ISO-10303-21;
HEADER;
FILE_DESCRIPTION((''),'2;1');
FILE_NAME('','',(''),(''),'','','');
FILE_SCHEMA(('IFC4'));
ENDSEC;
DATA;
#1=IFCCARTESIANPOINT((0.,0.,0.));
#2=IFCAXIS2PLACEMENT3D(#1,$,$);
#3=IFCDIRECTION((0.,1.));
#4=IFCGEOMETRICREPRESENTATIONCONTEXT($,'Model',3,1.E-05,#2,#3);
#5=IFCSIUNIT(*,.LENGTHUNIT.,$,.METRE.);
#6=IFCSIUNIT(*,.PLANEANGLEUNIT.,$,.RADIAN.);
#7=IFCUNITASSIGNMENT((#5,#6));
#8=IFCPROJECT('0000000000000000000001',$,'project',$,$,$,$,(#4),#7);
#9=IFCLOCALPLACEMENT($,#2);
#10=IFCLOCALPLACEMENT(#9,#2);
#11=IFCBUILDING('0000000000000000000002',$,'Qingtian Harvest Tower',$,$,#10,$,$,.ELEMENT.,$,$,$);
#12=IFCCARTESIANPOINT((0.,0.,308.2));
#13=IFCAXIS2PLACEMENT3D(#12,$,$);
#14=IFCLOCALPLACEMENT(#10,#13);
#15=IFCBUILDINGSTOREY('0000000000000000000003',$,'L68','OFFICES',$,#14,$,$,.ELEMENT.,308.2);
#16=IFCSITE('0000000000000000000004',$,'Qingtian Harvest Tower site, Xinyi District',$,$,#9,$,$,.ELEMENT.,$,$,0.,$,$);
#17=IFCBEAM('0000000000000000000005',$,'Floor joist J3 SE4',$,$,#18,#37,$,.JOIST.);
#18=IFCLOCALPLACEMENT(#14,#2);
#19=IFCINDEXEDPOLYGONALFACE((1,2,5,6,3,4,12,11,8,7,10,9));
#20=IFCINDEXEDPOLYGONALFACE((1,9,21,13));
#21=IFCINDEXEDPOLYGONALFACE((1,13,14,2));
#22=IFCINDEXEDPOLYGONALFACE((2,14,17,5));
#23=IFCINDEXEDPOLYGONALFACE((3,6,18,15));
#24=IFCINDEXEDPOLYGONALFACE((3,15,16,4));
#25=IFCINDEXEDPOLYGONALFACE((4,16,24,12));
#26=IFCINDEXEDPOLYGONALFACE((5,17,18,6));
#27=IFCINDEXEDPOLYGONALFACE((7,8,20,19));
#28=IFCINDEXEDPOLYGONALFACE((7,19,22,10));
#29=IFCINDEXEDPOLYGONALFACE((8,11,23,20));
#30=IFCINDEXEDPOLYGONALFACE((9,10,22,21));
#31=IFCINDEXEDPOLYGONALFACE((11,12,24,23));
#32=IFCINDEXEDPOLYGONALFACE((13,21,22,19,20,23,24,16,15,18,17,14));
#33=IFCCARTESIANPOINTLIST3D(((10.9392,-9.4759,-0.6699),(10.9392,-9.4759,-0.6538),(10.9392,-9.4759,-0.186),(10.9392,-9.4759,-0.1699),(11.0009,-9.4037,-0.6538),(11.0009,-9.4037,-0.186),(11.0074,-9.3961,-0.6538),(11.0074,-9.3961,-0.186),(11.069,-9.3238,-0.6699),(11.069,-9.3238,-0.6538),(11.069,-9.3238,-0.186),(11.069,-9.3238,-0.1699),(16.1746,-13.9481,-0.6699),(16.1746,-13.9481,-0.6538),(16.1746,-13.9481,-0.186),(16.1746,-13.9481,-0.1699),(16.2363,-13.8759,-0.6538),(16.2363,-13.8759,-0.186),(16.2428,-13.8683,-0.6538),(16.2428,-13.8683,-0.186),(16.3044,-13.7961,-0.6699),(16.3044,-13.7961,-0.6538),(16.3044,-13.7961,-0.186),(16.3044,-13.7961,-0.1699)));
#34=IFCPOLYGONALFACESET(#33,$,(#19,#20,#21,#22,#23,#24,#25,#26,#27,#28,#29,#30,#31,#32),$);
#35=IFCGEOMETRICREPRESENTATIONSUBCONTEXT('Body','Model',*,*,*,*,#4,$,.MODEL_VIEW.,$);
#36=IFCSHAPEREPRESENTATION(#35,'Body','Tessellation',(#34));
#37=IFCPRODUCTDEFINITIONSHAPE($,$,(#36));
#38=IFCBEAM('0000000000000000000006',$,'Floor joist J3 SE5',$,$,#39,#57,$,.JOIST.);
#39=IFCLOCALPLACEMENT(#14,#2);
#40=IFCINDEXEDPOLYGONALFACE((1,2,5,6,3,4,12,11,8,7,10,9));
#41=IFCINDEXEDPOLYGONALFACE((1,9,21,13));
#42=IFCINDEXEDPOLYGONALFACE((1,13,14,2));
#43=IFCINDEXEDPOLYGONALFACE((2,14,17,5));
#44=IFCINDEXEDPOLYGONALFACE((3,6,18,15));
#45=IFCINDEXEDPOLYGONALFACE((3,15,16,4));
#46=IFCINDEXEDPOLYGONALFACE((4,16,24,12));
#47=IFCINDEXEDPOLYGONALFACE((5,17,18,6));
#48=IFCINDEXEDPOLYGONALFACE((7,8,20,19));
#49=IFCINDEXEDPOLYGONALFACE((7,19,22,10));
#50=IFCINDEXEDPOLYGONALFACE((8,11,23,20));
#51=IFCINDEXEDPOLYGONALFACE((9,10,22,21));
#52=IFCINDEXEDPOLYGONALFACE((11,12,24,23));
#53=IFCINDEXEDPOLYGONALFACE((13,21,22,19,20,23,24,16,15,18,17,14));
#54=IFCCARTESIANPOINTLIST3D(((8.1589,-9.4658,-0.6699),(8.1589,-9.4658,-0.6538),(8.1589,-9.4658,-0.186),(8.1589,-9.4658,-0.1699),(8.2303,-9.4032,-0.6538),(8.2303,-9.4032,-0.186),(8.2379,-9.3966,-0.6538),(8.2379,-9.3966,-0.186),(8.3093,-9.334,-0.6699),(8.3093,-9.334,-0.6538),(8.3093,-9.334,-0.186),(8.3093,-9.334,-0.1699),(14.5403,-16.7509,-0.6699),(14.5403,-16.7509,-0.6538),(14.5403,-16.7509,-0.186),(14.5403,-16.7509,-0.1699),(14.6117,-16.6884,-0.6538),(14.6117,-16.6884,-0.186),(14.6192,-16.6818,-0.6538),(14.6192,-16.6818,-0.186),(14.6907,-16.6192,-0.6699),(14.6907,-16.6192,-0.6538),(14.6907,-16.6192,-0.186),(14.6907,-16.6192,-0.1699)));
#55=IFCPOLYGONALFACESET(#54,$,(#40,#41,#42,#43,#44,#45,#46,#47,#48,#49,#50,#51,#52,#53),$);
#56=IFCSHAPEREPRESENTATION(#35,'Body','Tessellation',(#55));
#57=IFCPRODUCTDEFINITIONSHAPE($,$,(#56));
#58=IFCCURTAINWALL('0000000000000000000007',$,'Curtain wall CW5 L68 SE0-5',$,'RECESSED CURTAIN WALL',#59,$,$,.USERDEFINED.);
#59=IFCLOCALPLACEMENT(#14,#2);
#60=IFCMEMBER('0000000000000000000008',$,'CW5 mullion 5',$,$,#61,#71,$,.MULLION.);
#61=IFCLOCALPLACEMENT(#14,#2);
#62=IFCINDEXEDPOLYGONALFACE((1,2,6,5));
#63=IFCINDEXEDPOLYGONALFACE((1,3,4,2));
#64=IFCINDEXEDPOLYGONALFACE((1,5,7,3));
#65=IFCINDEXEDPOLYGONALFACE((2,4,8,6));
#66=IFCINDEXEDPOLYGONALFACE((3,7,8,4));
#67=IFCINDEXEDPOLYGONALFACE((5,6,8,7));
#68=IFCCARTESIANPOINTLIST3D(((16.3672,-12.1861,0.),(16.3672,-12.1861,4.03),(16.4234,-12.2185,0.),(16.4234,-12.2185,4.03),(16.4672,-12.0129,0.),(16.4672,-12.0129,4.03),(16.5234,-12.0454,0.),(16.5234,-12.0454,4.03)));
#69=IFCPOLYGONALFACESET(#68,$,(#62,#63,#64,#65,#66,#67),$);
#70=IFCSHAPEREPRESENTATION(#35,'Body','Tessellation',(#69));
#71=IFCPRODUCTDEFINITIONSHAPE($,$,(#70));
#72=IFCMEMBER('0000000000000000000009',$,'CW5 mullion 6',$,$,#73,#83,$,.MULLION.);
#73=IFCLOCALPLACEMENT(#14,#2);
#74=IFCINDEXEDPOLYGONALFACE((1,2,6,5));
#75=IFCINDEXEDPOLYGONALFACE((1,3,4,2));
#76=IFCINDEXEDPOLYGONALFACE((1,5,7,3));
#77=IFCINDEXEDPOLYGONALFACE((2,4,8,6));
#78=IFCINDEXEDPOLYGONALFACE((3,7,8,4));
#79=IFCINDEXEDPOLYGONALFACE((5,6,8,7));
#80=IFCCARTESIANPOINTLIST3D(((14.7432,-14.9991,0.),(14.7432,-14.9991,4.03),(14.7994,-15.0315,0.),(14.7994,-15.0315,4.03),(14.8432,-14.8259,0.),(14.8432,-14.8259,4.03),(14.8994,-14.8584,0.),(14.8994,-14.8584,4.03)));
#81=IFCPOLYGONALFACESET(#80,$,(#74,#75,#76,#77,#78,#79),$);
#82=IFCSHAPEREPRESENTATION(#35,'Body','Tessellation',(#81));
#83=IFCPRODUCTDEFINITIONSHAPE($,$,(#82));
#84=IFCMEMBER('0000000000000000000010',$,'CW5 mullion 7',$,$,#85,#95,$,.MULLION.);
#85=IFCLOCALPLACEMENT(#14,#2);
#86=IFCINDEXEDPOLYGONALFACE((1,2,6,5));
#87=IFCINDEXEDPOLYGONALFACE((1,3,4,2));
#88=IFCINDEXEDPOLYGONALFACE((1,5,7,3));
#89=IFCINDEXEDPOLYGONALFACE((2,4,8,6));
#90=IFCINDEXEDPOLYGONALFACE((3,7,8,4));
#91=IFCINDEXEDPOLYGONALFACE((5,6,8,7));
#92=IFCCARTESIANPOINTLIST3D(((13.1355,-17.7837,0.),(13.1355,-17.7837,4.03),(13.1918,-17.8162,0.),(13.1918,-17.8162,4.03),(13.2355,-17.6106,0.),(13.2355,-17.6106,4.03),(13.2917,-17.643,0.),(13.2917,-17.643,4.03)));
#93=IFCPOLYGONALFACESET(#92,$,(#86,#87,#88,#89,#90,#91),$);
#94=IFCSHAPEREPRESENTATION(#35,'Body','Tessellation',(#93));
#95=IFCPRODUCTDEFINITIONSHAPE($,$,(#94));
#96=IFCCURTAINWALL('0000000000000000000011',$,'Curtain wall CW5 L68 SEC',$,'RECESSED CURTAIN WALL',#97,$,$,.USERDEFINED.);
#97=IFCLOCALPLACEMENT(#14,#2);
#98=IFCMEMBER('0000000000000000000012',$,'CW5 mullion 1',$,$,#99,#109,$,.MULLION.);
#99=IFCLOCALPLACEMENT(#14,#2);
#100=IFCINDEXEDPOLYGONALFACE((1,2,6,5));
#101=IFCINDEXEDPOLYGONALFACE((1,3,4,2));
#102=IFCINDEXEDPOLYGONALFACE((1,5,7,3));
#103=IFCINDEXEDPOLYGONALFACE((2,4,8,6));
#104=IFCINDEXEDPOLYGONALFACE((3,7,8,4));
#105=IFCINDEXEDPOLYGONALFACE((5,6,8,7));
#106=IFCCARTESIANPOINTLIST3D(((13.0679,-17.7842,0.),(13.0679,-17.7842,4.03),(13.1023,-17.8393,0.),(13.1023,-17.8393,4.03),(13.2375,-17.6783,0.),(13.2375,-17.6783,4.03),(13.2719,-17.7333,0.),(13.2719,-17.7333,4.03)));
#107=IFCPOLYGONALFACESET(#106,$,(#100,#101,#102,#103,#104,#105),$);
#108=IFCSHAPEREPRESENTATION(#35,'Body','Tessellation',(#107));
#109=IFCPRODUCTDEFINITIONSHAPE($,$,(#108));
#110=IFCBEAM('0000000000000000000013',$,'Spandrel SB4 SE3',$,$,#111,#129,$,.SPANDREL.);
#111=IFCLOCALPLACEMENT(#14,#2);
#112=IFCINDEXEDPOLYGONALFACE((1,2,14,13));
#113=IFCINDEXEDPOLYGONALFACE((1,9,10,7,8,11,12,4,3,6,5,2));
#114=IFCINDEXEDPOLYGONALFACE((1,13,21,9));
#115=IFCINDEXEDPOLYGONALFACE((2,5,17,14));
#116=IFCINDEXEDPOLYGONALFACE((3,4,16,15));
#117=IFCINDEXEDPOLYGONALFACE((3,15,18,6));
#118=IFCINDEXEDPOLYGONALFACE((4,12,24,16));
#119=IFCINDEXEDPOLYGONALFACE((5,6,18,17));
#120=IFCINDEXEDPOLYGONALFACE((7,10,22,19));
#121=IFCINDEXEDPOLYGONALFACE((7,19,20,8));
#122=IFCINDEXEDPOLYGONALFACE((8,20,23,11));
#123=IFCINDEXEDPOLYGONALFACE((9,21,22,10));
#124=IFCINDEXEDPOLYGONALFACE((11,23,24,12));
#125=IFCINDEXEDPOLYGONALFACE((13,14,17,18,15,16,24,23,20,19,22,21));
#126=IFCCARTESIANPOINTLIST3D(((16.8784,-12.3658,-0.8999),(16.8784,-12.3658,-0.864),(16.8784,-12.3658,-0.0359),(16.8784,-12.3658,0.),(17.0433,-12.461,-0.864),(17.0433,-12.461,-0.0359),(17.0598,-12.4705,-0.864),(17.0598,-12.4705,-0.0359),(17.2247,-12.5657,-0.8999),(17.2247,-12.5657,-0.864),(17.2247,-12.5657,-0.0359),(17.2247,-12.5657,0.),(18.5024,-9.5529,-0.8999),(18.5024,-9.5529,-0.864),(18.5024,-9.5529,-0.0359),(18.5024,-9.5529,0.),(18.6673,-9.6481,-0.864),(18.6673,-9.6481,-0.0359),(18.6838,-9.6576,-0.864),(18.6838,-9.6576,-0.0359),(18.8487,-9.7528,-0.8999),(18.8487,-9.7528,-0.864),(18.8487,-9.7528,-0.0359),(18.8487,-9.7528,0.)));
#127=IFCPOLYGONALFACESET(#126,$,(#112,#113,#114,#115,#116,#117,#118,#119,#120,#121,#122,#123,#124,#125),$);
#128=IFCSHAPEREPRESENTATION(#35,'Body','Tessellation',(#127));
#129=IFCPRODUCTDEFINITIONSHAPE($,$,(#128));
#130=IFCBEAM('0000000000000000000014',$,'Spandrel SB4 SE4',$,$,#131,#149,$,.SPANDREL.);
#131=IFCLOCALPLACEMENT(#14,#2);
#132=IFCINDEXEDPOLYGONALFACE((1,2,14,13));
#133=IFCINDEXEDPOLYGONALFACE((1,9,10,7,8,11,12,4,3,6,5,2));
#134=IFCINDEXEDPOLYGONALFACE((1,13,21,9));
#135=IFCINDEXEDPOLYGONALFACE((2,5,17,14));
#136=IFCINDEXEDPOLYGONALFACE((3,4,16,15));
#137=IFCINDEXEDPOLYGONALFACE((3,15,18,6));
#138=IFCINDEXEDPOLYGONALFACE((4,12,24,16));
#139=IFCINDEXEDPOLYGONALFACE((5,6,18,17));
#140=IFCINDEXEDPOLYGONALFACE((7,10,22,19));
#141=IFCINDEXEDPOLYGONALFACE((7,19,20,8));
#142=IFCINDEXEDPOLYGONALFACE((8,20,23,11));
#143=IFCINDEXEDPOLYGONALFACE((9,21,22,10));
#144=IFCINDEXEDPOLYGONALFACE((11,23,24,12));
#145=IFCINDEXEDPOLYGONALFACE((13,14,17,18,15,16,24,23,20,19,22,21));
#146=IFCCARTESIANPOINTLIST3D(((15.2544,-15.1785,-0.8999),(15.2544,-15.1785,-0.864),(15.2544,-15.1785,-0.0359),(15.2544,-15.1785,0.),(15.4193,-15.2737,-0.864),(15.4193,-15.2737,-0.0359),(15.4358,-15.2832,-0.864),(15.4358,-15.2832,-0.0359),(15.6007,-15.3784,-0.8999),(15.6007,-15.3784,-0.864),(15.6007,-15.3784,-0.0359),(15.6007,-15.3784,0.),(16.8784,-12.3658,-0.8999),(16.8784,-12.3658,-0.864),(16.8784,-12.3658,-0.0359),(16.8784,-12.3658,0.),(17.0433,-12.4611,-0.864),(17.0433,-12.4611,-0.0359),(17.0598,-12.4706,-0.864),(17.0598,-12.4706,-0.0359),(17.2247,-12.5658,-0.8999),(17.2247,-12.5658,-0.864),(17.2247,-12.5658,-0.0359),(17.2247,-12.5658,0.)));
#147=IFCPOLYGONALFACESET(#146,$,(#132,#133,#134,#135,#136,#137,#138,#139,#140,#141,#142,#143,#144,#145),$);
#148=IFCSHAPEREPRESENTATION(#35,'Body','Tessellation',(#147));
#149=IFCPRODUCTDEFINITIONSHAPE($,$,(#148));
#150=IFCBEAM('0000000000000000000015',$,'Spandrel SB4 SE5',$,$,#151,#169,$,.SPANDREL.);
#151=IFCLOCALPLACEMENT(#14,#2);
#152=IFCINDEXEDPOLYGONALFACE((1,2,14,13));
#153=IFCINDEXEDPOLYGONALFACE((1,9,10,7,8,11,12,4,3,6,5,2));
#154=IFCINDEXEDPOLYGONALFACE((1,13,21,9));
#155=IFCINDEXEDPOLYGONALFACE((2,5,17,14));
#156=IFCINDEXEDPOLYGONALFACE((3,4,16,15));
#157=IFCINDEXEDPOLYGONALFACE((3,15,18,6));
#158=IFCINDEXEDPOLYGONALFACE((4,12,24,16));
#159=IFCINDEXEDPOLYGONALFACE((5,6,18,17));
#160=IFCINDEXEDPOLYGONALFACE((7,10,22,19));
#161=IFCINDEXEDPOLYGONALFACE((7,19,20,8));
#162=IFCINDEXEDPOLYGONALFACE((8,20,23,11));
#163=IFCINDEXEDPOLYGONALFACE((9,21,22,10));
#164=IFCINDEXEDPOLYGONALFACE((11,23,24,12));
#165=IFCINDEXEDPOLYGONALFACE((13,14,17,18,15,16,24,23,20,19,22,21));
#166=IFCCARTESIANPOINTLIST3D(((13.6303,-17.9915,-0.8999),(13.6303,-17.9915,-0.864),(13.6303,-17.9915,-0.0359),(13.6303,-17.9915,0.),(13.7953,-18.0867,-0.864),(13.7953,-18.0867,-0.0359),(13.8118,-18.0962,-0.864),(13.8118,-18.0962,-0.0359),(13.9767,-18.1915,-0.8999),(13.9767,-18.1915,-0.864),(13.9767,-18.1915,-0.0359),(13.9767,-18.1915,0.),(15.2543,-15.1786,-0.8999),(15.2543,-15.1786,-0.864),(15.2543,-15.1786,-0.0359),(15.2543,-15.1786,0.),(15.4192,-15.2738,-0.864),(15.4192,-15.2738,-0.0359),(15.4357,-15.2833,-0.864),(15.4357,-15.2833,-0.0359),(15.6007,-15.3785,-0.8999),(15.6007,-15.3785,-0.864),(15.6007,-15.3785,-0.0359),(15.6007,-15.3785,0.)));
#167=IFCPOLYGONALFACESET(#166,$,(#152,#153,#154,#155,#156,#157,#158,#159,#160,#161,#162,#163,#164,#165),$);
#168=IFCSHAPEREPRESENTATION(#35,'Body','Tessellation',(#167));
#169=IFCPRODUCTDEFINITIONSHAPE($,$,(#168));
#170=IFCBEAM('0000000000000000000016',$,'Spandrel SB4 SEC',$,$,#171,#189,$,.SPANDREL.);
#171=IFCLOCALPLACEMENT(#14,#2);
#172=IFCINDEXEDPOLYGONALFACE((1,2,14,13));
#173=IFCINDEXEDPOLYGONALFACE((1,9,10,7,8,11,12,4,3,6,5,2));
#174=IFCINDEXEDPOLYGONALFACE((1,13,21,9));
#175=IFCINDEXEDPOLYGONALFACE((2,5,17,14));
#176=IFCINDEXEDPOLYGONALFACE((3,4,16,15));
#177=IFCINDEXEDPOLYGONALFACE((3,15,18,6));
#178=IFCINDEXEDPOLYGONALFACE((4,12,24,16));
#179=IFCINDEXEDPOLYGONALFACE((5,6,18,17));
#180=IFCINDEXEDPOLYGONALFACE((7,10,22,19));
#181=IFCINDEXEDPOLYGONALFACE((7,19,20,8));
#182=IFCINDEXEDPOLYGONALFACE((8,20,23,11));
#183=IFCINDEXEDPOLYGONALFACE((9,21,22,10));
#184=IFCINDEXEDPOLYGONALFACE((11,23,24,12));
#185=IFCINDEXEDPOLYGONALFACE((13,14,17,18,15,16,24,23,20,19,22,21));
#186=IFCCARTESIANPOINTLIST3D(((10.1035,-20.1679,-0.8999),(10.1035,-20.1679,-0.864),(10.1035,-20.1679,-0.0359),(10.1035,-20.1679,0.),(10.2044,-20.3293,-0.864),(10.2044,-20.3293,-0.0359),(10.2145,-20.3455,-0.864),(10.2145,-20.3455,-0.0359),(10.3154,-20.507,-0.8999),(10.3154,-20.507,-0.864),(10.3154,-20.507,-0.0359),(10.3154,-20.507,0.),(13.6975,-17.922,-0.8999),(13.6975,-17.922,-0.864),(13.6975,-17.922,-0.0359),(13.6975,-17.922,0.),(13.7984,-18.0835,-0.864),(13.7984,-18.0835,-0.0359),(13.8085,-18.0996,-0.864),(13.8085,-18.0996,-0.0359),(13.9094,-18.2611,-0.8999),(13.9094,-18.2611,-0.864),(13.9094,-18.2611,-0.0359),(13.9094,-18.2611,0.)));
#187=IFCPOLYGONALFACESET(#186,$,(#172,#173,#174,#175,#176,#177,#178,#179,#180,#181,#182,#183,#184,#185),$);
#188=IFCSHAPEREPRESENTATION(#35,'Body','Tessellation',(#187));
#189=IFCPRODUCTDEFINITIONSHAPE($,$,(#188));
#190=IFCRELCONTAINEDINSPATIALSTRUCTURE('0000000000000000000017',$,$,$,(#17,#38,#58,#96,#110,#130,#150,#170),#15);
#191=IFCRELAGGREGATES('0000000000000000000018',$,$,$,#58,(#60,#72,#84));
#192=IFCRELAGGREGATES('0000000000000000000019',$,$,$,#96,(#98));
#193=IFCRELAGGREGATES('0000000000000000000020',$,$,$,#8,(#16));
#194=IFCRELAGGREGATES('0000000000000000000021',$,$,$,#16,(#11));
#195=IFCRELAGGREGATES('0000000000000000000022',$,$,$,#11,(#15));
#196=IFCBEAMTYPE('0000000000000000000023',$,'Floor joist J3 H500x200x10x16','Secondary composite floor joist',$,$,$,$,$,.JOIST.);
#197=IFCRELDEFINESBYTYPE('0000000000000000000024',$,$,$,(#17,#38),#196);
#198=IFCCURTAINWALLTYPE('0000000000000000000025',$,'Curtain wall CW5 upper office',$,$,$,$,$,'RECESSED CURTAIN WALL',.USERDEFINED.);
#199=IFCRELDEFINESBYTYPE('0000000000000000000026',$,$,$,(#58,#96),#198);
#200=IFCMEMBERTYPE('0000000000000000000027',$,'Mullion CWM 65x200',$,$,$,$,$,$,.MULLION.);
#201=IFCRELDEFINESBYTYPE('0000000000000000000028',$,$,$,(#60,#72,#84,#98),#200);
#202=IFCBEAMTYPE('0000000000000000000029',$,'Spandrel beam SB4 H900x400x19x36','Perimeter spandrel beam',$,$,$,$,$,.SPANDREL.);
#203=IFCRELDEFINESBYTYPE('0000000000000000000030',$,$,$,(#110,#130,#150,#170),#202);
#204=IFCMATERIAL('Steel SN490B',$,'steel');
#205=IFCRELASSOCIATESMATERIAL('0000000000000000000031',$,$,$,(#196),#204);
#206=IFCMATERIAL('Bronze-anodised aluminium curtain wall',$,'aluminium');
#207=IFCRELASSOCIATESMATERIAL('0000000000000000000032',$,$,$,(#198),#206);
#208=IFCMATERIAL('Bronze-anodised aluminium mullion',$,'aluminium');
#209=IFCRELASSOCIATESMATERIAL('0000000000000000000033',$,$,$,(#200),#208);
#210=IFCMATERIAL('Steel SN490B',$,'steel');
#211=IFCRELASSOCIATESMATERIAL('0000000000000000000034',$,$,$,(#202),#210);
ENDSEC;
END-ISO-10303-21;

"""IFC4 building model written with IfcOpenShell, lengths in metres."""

from ifc_helpers import new_model, si_unit, direction, frame, origin, origin_2d, place, context, subcontext, project, spatial, rectangle, i_section, extrude, material, material_profile, profile_set, type_object, element, aggregate, save


model = new_model("IFC4")

# Units and contexts
model_context = context("Model", 3, precision=1e-05, world=origin(), true_north=direction((0.0, 1.0)))
body_context = subcontext(model_context, "Body", "Model", "MODEL_VIEW")
ifc_project = project(units=[si_unit("LENGTHUNIT", "METRE"), si_unit("PLANEANGLEUNIT", "RADIAN")], contexts=[model_context])

# Site, building, storey
site_placement = place(None, origin())
site = spatial("IfcSite", under=ifc_project, at=site_placement, Name="Qingtian Harvest Tower site, Xinyi District", CompositionType="ELEMENT", RefElevation=0.0)
building_placement = place(site_placement, origin())
building = spatial("IfcBuilding", under=site, at=building_placement, Name="Qingtian Harvest Tower", CompositionType="ELEMENT")
storey_placement = place(building_placement, frame((0.0, 0.0, 308.2)))
storey = spatial("IfcBuildingStorey", under=building, at=storey_placement, Name="L68", Description="OFFICES", CompositionType="ELEMENT", Elevation=308.2)

# Beams
ifc_material_1 = material(Name="Steel SN490B", Category="steel")
ifc_material_profile_1 = material_profile(ifc_material_1, i_section(OverallWidth=0.2, OverallDepth=0.5, WebThickness=0.01, FlangeThickness=0.0161, at=origin_2d()), Name="H500x200x10x16")
ifc_profile_set_1 = profile_set([ifc_material_profile_1], Name="Steel SN490B")
beam_type_1 = type_object("IfcBeamType", Name="Floor joist J3 H500x200x10x16", Description="Secondary composite floor joist", PredefinedType="JOIST", material=ifc_profile_set_1)
beam_1_placement = place(storey_placement, frame((16.2395, -13.8721, -0.4199), z_axis=(-0.760352, 0.649511, 0.0), x_axis=(-0.649511, -0.760352, 0.0)))
element("IfcBeam", 1, at=beam_1_placement, inside=storey, type_object=beam_type_1, Name="Floor joist J3 SE4", PredefinedType="JOIST", context=body_context, shape_type="SweptSolid", body=[
    extrude(i_section(OverallWidth=0.2, OverallDepth=0.5, WebThickness=0.01, FlangeThickness=0.0161, at=origin_2d()), origin(), (0.0, 0.0, 1.0), 6.8855),
])
beam_2_placement = place(storey_placement, frame((14.6155, -16.6851, -0.4199), z_axis=(-0.658904, 0.752227, 0.0), x_axis=(-0.752227, -0.658904, 0.0)))
element("IfcBeam", 2, at=beam_2_placement, inside=storey, type_object=beam_type_1, Name="Floor joist J3 SE5", PredefinedType="JOIST", context=body_context, shape_type="SweptSolid", body=[
    extrude(i_section(OverallWidth=0.2, OverallDepth=0.5, WebThickness=0.01, FlangeThickness=0.0161, at=origin_2d()), origin(), (0.0, 0.0, 1.0), 9.6848),
])

# Curtain wall, members
ifc_material_2 = material(Name="Bronze-anodised aluminium curtain wall", Category="aluminium")
curtain_wall_type = type_object("IfcCurtainWallType", Name="Curtain wall CW5 upper office", ElementType="RECESSED CURTAIN WALL", PredefinedType="USERDEFINED", material=ifc_material_2)
curtain_wall_1_placement = place(storey_placement, origin())
curtain_wall_1 = element("IfcCurtainWall", 3, at=curtain_wall_1_placement, inside=storey, type_object=curtain_wall_type, Name="Curtain wall CW5 L68 SE0-5", ObjectType="RECESSED CURTAIN WALL", PredefinedType="USERDEFINED")
ifc_material_3 = material(Name="Bronze-anodised aluminium mullion", Category="aluminium")
ifc_material_profile_2 = material_profile(ifc_material_3, rectangle(XDim=0.0649, YDim=0.2, at=origin_2d()), Name="AL 65x200")
ifc_profile_set_2 = profile_set([ifc_material_profile_2], Name="Bronze-anodised aluminium mullion")
member_type_1 = type_object("IfcMemberType", Name="Mullion CWM 65x200", PredefinedType="MULLION", material=ifc_profile_set_2)
member_1_placement = place(storey_placement, frame((16.4453, -12.1157, 0.0), z_axis=(0.0, 0.0, 1.0), x_axis=(0.866025, -0.5, 0.0)))
member_1 = element("IfcMember", 4, at=member_1_placement, type_object=member_type_1, Name="CW5 mullion 5", PredefinedType="MULLION", context=body_context, shape_type="SweptSolid", body=[
    extrude(rectangle(XDim=0.0649, YDim=0.2, at=origin_2d()), origin(), (0.0, 0.0, 1.0), 4.03),
])
member_2_placement = place(storey_placement, frame((14.8213, -14.9287, 0.0), z_axis=(0.0, 0.0, 1.0), x_axis=(0.866025, -0.5, 0.0)))
member_2 = element("IfcMember", 5, at=member_2_placement, type_object=member_type_1, Name="CW5 mullion 6", PredefinedType="MULLION", context=body_context, shape_type="SweptSolid", body=[
    extrude(rectangle(XDim=0.0649, YDim=0.2, at=origin_2d()), origin(), (0.0, 0.0, 1.0), 4.03),
])
member_3_placement = place(storey_placement, frame((13.2136, -17.7134, 0.0), z_axis=(0.0, 0.0, 1.0), x_axis=(0.866025, -0.5, 0.0)))
member_3 = element("IfcMember", 6, at=member_3_placement, type_object=member_type_1, Name="CW5 mullion 7", PredefinedType="MULLION", context=body_context, shape_type="SweptSolid", body=[
    extrude(rectangle(XDim=0.0649, YDim=0.2, at=origin_2d()), origin(), (0.0, 0.0, 1.0), 4.03),
])

# Curtain wall, member
curtain_wall_2_placement = place(storey_placement, origin())
curtain_wall_2 = element("IfcCurtainWall", 7, at=curtain_wall_2_placement, inside=storey, type_object=curtain_wall_type, Name="Curtain wall CW5 L68 SEC", ObjectType="RECESSED CURTAIN WALL", PredefinedType="USERDEFINED")
member_4_placement = place(storey_placement, frame((13.1699, -17.7588, 0.0), z_axis=(0.0, 0.0, 1.0), x_axis=(0.529919, -0.848048, 0.0)))
member_4 = element("IfcMember", 8, at=member_4_placement, type_object=member_type_1, Name="CW5 mullion 1", PredefinedType="MULLION", context=body_context, shape_type="SweptSolid", body=[
    extrude(rectangle(XDim=0.0649, YDim=0.2, at=origin_2d()), origin(), (0.0, 0.0, 1.0), 4.03),
])

# Beams
ifc_material_4 = material(Name="Steel SN490B", Category="steel")
ifc_material_profile_3 = material_profile(ifc_material_4, i_section(OverallWidth=0.3999, OverallDepth=0.8999, WebThickness=0.019, FlangeThickness=0.0359, at=origin_2d()), Name="H900x400x19x36")
ifc_profile_set_3 = profile_set([ifc_material_profile_3], Name="Steel SN490B")
beam_type_2 = type_object("IfcBeamType", Name="Spandrel beam SB4 H900x400x19x36", Description="Perimeter spandrel beam", PredefinedType="SPANDREL", material=ifc_profile_set_3)
beam_3_placement = place(storey_placement, frame((18.6755, -9.6528, -0.45), z_axis=(-0.499987, -0.866033, 0.0), x_axis=(0.866033, -0.499987, 0.0)))
element("IfcBeam", 9, at=beam_3_placement, inside=storey, type_object=beam_type_2, Name="Spandrel SB4 SE3", PredefinedType="SPANDREL", context=body_context, shape_type="SweptSolid", body=[
    extrude(i_section(OverallWidth=0.3999, OverallDepth=0.8999, WebThickness=0.019, FlangeThickness=0.0359, at=origin_2d()), origin(), (0.0, 0.0, 1.0), 3.248),
])
beam_4_placement = place(storey_placement, frame((17.0515, -12.4658, -0.45), z_axis=(-0.50002, -0.866014, 0.0), x_axis=(0.866014, -0.50002, 0.0)))
element("IfcBeam", 10, at=beam_4_placement, inside=storey, type_object=beam_type_2, Name="Spandrel SB4 SE4", PredefinedType="SPANDREL", context=body_context, shape_type="SweptSolid", body=[
    extrude(i_section(OverallWidth=0.3999, OverallDepth=0.8999, WebThickness=0.019, FlangeThickness=0.0359, at=origin_2d()), origin(), (0.0, 0.0, 1.0), 3.2478),
])
beam_5_placement = place(storey_placement, frame((15.4275, -15.2786, -0.45), z_axis=(-0.499987, -0.866033, 0.0), x_axis=(0.866033, -0.499987, 0.0)))
element("IfcBeam", 11, at=beam_5_placement, inside=storey, type_object=beam_type_2, Name="Spandrel SB4 SE5", PredefinedType="SPANDREL", context=body_context, shape_type="SweptSolid", body=[
    extrude(i_section(OverallWidth=0.3999, OverallDepth=0.8999, WebThickness=0.019, FlangeThickness=0.0359, at=origin_2d()), origin(), (0.0, 0.0, 1.0), 3.248),
])
beam_6_placement = place(storey_placement, frame((13.8035, -18.0916, -0.45), z_axis=(-0.84804, -0.529932, 0.0), x_axis=(0.529932, -0.84804, 0.0)))
element("IfcBeam", 12, at=beam_6_placement, inside=storey, type_object=beam_type_2, Name="Spandrel SB4 SEC", PredefinedType="SPANDREL", context=body_context, shape_type="SweptSolid", body=[
    extrude(i_section(OverallWidth=0.3999, OverallDepth=0.8999, WebThickness=0.019, FlangeThickness=0.0359, at=origin_2d()), origin(), (0.0, 0.0, 1.0), 4.238),
])

aggregate(curtain_wall_1, [member_1, member_2, member_3])
aggregate(curtain_wall_2, [member_4])

save(model, "model.ifc")
